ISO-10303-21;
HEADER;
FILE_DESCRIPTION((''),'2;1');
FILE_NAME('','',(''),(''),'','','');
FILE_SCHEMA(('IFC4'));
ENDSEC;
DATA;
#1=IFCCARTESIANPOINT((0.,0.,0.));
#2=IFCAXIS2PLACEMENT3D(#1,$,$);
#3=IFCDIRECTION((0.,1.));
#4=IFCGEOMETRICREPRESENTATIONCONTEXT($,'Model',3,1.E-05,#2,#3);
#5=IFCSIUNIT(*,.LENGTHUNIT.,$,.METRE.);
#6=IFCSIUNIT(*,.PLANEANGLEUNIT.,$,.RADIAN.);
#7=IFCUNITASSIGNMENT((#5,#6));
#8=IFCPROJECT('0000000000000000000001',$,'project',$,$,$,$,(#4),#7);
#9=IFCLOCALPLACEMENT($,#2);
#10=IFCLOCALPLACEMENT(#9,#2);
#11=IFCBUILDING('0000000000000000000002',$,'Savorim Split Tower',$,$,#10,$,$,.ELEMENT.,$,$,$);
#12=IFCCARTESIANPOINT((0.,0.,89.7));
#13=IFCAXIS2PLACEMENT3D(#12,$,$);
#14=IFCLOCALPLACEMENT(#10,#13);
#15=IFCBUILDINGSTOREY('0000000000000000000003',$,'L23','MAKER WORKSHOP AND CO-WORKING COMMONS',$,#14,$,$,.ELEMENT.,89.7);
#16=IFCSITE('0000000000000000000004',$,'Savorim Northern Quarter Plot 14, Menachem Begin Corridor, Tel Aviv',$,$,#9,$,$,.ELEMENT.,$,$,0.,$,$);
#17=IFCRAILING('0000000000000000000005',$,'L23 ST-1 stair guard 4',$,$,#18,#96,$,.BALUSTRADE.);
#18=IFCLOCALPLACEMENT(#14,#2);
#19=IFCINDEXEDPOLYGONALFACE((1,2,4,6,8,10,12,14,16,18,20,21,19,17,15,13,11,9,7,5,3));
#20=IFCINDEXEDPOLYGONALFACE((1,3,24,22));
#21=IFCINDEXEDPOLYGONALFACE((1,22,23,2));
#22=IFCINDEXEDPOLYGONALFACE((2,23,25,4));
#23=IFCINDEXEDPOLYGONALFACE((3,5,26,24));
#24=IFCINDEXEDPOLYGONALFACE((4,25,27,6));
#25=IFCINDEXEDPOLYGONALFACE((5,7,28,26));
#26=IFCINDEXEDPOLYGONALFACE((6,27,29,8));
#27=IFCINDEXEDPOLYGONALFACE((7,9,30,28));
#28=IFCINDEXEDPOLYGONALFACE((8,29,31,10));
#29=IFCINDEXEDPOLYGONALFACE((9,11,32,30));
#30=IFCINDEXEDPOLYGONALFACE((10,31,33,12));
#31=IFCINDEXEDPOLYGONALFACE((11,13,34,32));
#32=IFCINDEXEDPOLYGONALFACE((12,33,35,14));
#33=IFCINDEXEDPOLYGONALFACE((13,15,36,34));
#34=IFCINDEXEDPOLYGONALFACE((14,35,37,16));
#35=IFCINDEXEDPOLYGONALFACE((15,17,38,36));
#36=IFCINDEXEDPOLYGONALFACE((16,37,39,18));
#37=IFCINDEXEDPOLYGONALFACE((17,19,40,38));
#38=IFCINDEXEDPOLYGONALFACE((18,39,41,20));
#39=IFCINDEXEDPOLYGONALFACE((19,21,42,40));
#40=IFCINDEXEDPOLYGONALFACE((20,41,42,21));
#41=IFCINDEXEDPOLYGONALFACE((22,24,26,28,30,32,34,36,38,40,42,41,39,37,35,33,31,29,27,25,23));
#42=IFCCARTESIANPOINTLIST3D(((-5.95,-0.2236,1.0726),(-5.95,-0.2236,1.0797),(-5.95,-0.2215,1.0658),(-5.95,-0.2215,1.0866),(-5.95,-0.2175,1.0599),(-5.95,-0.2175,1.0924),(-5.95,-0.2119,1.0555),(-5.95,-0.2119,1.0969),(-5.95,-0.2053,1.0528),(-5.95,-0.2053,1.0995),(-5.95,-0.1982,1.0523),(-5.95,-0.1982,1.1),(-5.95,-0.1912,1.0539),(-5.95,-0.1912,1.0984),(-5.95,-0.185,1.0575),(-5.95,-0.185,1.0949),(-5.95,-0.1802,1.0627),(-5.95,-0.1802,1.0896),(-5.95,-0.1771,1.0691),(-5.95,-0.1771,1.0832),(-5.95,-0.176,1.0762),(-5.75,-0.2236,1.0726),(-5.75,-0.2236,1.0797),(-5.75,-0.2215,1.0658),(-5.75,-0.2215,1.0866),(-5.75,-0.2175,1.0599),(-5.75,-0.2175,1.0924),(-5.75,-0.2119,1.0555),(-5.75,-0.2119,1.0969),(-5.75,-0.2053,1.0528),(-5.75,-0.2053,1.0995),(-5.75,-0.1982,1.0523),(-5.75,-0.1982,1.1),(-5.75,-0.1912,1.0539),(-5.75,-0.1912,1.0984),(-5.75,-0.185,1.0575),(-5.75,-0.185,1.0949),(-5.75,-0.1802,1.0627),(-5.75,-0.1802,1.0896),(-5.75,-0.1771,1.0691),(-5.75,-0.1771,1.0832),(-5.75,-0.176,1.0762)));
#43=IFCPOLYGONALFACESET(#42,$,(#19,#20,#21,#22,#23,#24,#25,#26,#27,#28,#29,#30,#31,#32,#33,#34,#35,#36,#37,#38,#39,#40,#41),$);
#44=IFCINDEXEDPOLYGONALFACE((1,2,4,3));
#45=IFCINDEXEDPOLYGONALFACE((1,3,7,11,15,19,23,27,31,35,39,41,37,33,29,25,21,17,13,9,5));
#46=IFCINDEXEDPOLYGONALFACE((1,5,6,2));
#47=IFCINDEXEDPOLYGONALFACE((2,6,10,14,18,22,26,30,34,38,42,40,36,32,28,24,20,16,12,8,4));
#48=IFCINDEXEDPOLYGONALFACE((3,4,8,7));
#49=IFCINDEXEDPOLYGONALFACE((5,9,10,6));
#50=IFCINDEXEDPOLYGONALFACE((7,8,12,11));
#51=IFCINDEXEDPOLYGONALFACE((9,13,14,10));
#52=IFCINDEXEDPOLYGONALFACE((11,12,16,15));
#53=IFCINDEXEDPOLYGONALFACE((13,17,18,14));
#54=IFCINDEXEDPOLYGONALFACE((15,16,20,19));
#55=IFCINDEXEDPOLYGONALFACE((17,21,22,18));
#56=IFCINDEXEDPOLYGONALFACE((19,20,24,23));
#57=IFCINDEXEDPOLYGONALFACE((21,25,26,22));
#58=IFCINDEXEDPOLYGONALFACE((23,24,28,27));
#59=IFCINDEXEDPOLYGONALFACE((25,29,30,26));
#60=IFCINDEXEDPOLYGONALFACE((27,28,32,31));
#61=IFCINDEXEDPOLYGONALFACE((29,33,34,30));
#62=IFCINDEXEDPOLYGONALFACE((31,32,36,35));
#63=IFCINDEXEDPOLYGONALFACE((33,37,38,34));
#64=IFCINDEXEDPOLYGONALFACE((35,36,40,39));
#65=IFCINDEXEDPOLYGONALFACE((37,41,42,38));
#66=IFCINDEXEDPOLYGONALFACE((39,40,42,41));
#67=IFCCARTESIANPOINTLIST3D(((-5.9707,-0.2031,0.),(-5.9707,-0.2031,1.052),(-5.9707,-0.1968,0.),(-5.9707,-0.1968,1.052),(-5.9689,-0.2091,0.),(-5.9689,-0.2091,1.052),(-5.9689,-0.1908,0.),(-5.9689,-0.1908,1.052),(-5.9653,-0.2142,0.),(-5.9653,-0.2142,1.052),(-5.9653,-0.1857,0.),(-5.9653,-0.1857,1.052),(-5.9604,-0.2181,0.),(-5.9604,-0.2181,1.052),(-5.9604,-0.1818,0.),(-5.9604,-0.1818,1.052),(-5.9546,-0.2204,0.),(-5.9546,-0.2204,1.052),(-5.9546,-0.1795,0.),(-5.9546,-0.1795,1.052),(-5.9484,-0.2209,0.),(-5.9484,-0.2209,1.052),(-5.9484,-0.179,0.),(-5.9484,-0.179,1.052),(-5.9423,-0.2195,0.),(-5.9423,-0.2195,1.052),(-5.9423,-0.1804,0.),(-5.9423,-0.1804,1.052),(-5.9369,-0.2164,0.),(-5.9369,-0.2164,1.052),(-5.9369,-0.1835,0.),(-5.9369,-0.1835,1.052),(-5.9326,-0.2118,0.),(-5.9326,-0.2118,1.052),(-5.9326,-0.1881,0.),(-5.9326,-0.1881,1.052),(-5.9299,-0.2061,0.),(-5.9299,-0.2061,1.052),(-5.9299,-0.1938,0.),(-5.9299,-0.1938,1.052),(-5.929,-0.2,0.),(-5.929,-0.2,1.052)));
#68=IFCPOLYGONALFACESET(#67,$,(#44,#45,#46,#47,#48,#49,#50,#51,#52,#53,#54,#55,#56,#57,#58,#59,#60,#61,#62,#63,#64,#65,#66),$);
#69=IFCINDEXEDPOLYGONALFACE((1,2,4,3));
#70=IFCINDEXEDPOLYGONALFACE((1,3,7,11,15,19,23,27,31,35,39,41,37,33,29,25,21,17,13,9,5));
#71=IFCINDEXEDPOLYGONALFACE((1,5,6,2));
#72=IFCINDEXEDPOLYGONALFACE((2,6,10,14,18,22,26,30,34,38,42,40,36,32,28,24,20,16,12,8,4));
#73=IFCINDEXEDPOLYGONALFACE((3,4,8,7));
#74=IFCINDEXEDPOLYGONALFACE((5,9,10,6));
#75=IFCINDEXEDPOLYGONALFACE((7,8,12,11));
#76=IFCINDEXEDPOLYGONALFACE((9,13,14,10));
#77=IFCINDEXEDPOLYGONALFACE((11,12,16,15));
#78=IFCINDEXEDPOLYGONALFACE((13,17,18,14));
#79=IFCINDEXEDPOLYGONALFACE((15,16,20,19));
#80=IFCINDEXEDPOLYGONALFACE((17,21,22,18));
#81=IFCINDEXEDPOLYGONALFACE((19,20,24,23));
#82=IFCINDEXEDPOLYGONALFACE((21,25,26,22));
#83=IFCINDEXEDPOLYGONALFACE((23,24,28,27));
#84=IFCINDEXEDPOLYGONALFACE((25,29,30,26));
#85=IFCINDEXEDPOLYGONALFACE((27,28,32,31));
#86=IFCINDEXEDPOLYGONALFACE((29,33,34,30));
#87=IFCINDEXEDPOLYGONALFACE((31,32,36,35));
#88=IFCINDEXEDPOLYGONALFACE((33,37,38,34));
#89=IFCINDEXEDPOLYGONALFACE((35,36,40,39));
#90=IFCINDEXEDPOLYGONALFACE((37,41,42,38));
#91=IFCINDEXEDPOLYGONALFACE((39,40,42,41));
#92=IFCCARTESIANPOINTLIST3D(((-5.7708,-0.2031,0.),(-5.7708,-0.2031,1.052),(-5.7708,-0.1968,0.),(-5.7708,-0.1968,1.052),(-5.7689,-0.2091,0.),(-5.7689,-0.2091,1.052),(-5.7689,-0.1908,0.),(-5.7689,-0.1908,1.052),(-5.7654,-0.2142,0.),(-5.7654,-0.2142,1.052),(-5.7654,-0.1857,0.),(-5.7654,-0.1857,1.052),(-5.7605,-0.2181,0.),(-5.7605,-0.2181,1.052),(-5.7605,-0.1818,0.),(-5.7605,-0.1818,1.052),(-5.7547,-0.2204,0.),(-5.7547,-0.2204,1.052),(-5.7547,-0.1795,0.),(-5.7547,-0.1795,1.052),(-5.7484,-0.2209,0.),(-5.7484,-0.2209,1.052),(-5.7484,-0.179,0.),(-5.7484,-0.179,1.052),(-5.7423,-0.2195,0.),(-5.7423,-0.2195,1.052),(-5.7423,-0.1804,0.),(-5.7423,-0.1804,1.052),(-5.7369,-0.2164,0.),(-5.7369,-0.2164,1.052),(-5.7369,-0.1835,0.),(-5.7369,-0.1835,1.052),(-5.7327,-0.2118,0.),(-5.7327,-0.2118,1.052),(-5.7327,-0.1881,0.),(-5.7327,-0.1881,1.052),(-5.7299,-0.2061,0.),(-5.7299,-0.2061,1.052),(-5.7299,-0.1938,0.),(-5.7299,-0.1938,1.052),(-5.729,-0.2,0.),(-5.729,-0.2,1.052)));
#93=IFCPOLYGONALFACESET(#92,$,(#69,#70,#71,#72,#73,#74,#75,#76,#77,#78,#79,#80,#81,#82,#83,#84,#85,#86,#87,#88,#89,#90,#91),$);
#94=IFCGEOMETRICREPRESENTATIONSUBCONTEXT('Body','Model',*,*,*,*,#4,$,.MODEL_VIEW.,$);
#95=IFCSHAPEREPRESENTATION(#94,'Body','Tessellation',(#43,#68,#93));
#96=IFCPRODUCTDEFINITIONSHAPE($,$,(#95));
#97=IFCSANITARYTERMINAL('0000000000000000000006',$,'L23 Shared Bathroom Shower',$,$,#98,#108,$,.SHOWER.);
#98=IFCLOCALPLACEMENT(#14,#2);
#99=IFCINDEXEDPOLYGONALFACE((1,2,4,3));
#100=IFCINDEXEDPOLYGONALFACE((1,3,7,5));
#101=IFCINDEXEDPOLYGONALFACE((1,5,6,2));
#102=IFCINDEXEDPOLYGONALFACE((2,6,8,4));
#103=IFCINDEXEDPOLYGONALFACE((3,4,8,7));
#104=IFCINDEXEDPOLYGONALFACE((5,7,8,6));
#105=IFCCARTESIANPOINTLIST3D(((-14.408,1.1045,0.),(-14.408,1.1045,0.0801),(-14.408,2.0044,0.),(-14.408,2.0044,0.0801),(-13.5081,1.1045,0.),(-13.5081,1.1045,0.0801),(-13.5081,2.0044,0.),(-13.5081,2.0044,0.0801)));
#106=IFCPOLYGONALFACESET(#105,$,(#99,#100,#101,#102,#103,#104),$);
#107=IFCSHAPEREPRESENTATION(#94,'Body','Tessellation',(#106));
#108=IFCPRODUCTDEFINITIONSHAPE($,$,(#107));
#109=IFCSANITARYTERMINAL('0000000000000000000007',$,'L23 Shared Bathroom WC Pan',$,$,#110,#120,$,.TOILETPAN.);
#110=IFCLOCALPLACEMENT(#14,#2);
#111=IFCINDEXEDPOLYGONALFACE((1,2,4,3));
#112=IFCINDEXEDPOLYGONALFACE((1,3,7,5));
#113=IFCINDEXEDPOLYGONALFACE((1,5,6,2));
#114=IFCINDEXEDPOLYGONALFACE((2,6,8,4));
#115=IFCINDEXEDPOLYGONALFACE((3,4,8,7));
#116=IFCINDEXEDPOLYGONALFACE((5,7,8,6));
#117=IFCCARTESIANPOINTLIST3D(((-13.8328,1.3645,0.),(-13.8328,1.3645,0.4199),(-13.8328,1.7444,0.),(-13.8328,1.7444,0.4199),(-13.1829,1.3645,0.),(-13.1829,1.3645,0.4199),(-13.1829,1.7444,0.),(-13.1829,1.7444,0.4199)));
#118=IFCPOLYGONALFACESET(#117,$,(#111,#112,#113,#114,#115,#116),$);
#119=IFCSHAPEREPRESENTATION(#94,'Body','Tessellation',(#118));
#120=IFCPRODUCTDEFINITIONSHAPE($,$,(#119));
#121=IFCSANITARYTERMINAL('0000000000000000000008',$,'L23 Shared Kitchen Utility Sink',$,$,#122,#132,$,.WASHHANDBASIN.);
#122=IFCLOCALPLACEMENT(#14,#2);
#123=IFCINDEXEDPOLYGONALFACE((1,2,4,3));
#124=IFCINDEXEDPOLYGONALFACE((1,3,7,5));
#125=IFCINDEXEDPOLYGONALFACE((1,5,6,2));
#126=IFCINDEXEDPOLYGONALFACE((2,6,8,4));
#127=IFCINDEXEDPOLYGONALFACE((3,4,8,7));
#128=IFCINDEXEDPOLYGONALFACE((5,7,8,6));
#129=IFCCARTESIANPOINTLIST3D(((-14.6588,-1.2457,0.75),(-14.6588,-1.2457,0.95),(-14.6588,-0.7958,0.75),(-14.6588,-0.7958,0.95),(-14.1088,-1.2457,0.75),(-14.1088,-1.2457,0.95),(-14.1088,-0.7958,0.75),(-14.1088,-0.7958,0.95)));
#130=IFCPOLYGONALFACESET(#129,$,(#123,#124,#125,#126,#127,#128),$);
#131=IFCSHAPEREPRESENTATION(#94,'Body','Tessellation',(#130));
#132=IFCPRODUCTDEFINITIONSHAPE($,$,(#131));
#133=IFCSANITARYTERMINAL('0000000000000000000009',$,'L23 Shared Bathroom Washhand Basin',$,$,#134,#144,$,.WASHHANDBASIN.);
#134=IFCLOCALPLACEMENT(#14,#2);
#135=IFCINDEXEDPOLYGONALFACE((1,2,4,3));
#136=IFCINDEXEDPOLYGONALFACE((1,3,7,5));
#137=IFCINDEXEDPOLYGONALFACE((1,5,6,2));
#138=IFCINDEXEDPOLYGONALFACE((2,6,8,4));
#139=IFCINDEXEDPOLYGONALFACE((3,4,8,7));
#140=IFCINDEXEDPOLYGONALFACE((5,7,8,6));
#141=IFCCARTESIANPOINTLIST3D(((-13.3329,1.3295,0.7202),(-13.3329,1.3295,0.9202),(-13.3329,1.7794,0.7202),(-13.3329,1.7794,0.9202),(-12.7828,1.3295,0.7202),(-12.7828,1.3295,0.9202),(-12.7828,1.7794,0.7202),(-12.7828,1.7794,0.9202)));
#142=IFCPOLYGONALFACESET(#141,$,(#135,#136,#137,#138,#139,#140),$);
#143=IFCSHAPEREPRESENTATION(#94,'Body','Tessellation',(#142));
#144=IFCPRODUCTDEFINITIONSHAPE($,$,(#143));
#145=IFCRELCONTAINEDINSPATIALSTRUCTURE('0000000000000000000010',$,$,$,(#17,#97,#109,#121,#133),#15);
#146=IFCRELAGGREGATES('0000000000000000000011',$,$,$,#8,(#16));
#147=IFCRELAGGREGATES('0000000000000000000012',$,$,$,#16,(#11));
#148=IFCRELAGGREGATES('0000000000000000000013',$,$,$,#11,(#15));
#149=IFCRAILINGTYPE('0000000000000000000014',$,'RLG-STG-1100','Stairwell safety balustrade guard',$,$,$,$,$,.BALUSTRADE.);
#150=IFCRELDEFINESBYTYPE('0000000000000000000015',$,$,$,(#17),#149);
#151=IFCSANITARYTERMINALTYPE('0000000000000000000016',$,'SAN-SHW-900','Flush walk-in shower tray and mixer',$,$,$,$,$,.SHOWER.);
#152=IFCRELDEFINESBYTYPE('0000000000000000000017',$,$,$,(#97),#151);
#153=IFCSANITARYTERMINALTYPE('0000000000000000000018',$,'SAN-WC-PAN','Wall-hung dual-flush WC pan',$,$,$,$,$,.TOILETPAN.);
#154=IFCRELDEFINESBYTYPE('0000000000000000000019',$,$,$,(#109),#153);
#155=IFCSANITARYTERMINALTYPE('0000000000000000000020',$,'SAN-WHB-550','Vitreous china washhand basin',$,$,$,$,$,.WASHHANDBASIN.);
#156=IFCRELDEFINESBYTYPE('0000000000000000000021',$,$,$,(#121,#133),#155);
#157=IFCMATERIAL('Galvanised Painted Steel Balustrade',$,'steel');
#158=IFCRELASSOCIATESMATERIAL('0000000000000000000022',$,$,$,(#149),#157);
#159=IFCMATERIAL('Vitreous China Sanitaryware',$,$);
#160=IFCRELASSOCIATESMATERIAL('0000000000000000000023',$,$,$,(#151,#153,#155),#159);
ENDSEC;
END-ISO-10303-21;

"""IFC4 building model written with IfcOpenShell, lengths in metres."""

from ifc_helpers import new_model, si_unit, direction, frame, origin, origin_2d, place, context, subcontext, project, spatial, rectangle, circle, extrude, material, type_object, element, save


model = new_model("IFC4")

# Units and contexts
model_context = context("Model", 3, precision=1e-05, world=origin(), true_north=direction((0.0, 1.0)))
body_context = subcontext(model_context, "Body", "Model", "MODEL_VIEW")
ifc_project = project(units=[si_unit("LENGTHUNIT", "METRE"), si_unit("PLANEANGLEUNIT", "RADIAN")], contexts=[model_context])

# Site, building, storey
site_placement = place(None, origin())
site = spatial("IfcSite", under=ifc_project, at=site_placement, Name="Savorim Northern Quarter Plot 14, Menachem Begin Corridor, Tel Aviv", CompositionType="ELEMENT", RefElevation=0.0)
building_placement = place(site_placement, origin())
building = spatial("IfcBuilding", under=site, at=building_placement, Name="Savorim Split Tower", CompositionType="ELEMENT")
storey_placement = place(building_placement, frame((0.0, 0.0, 89.7)))
storey = spatial("IfcBuildingStorey", under=building, at=storey_placement, Name="L23", Description="MAKER WORKSHOP AND CO-WORKING COMMONS", CompositionType="ELEMENT", Elevation=89.7)

# Railing
ifc_material_1 = material(Name="Galvanised Painted Steel Balustrade", Category="steel")
railing_type_1 = type_object("IfcRailingType", Name="RLG-STG-1100", Description="Stairwell safety balustrade guard", PredefinedType="BALUSTRADE", material=ifc_material_1)
railing_1_placement = place(storey_placement, frame((-5.95, -0.2, 0.0)))
element("IfcRailing", 1, at=railing_1_placement, inside=storey, type_object=railing_type_1, Name="L23 ST-1 stair guard 4", PredefinedType="BALUSTRADE", context=body_context, shape_type="SweptSolid", body=[
    extrude(circle(Radius=0.0239, at=origin_2d()), frame((0.0, 0.0, 1.0762), z_axis=(1.0, 0.0, 0.0), x_axis=(0.0, 1.0, 0.0)), (0.0, 0.0, 1.0), 0.2),
    extrude(circle(Radius=0.021, at=origin_2d()), origin(), (0.0, 0.0, 1.0), 1.052),
    extrude(circle(Radius=0.021, at=origin_2d()), frame((0.2, 0.0, 0.0)), (0.0, 0.0, 1.0), 1.052),
])

# Sanitary terminals
ifc_material_2 = material(Name="Vitreous China Sanitaryware")
sanitary_terminal_type_1 = type_object("IfcSanitaryTerminalType", Name="SAN-SHW-900", Description="Flush walk-in shower tray and mixer", PredefinedType="SHOWER", material=ifc_material_2)
sanitary_terminal_1_placement = place(storey_placement, frame((-13.958, 1.5544, 0.0), z_axis=(0.0, 0.0, 1.0), x_axis=(1.0, 0.0, 0.0)))
element("IfcSanitaryTerminal", 2, at=sanitary_terminal_1_placement, inside=storey, type_object=sanitary_terminal_type_1, Name="L23 Shared Bathroom Shower", PredefinedType="SHOWER", context=body_context, shape_type="SweptSolid", body=[
    extrude(rectangle(XDim=0.8999, YDim=0.8999, at=origin_2d()), origin(), (0.0, 0.0, 1.0), 0.0801),
])
sanitary_terminal_type_2 = type_object("IfcSanitaryTerminalType", Name="SAN-WC-PAN", Description="Wall-hung dual-flush WC pan", PredefinedType="TOILETPAN", material=ifc_material_2)
sanitary_terminal_2_placement = place(storey_placement, frame((-13.5078, 1.5544, 0.0), z_axis=(0.0, 0.0, 1.0), x_axis=(1.0, 0.0, 0.0)))
element("IfcSanitaryTerminal", 3, at=sanitary_terminal_2_placement, inside=storey, type_object=sanitary_terminal_type_2, Name="L23 Shared Bathroom WC Pan", PredefinedType="TOILETPAN", context=body_context, shape_type="SweptSolid", body=[
    extrude(rectangle(XDim=0.6499, YDim=0.3799, at=origin_2d()), origin(), (0.0, 0.0, 1.0), 0.4199),
])
sanitary_terminal_type_3 = type_object("IfcSanitaryTerminalType", Name="SAN-WHB-550", Description="Vitreous china washhand basin", PredefinedType="WASHHANDBASIN", material=ifc_material_2)
for number, where, z_axis, x_axis, name in (
    (4, (-14.3838, -1.0208, 0.75), (0.0, 0.0, 1.0), (1.0, 0.0, 0.0), "L23 Shared Kitchen Utility Sink"),
    (5, (-13.0579, 1.5544, 0.7202), (0.0, 0.0, 1.0), (1.0, 0.0, 0.0), "L23 Shared Bathroom Washhand Basin"),
):
    element("IfcSanitaryTerminal", number, at=place(storey_placement, frame(where, z_axis=z_axis, x_axis=x_axis)), inside=storey, type_object=sanitary_terminal_type_3, Name=name, PredefinedType="WASHHANDBASIN", context=body_context, shape_type="SweptSolid", body=[
        extrude(rectangle(XDim=0.55, YDim=0.45, at=origin_2d()), origin(), (0.0, 0.0, 1.0), 0.2),
    ])

save(model, "model.ifc")
